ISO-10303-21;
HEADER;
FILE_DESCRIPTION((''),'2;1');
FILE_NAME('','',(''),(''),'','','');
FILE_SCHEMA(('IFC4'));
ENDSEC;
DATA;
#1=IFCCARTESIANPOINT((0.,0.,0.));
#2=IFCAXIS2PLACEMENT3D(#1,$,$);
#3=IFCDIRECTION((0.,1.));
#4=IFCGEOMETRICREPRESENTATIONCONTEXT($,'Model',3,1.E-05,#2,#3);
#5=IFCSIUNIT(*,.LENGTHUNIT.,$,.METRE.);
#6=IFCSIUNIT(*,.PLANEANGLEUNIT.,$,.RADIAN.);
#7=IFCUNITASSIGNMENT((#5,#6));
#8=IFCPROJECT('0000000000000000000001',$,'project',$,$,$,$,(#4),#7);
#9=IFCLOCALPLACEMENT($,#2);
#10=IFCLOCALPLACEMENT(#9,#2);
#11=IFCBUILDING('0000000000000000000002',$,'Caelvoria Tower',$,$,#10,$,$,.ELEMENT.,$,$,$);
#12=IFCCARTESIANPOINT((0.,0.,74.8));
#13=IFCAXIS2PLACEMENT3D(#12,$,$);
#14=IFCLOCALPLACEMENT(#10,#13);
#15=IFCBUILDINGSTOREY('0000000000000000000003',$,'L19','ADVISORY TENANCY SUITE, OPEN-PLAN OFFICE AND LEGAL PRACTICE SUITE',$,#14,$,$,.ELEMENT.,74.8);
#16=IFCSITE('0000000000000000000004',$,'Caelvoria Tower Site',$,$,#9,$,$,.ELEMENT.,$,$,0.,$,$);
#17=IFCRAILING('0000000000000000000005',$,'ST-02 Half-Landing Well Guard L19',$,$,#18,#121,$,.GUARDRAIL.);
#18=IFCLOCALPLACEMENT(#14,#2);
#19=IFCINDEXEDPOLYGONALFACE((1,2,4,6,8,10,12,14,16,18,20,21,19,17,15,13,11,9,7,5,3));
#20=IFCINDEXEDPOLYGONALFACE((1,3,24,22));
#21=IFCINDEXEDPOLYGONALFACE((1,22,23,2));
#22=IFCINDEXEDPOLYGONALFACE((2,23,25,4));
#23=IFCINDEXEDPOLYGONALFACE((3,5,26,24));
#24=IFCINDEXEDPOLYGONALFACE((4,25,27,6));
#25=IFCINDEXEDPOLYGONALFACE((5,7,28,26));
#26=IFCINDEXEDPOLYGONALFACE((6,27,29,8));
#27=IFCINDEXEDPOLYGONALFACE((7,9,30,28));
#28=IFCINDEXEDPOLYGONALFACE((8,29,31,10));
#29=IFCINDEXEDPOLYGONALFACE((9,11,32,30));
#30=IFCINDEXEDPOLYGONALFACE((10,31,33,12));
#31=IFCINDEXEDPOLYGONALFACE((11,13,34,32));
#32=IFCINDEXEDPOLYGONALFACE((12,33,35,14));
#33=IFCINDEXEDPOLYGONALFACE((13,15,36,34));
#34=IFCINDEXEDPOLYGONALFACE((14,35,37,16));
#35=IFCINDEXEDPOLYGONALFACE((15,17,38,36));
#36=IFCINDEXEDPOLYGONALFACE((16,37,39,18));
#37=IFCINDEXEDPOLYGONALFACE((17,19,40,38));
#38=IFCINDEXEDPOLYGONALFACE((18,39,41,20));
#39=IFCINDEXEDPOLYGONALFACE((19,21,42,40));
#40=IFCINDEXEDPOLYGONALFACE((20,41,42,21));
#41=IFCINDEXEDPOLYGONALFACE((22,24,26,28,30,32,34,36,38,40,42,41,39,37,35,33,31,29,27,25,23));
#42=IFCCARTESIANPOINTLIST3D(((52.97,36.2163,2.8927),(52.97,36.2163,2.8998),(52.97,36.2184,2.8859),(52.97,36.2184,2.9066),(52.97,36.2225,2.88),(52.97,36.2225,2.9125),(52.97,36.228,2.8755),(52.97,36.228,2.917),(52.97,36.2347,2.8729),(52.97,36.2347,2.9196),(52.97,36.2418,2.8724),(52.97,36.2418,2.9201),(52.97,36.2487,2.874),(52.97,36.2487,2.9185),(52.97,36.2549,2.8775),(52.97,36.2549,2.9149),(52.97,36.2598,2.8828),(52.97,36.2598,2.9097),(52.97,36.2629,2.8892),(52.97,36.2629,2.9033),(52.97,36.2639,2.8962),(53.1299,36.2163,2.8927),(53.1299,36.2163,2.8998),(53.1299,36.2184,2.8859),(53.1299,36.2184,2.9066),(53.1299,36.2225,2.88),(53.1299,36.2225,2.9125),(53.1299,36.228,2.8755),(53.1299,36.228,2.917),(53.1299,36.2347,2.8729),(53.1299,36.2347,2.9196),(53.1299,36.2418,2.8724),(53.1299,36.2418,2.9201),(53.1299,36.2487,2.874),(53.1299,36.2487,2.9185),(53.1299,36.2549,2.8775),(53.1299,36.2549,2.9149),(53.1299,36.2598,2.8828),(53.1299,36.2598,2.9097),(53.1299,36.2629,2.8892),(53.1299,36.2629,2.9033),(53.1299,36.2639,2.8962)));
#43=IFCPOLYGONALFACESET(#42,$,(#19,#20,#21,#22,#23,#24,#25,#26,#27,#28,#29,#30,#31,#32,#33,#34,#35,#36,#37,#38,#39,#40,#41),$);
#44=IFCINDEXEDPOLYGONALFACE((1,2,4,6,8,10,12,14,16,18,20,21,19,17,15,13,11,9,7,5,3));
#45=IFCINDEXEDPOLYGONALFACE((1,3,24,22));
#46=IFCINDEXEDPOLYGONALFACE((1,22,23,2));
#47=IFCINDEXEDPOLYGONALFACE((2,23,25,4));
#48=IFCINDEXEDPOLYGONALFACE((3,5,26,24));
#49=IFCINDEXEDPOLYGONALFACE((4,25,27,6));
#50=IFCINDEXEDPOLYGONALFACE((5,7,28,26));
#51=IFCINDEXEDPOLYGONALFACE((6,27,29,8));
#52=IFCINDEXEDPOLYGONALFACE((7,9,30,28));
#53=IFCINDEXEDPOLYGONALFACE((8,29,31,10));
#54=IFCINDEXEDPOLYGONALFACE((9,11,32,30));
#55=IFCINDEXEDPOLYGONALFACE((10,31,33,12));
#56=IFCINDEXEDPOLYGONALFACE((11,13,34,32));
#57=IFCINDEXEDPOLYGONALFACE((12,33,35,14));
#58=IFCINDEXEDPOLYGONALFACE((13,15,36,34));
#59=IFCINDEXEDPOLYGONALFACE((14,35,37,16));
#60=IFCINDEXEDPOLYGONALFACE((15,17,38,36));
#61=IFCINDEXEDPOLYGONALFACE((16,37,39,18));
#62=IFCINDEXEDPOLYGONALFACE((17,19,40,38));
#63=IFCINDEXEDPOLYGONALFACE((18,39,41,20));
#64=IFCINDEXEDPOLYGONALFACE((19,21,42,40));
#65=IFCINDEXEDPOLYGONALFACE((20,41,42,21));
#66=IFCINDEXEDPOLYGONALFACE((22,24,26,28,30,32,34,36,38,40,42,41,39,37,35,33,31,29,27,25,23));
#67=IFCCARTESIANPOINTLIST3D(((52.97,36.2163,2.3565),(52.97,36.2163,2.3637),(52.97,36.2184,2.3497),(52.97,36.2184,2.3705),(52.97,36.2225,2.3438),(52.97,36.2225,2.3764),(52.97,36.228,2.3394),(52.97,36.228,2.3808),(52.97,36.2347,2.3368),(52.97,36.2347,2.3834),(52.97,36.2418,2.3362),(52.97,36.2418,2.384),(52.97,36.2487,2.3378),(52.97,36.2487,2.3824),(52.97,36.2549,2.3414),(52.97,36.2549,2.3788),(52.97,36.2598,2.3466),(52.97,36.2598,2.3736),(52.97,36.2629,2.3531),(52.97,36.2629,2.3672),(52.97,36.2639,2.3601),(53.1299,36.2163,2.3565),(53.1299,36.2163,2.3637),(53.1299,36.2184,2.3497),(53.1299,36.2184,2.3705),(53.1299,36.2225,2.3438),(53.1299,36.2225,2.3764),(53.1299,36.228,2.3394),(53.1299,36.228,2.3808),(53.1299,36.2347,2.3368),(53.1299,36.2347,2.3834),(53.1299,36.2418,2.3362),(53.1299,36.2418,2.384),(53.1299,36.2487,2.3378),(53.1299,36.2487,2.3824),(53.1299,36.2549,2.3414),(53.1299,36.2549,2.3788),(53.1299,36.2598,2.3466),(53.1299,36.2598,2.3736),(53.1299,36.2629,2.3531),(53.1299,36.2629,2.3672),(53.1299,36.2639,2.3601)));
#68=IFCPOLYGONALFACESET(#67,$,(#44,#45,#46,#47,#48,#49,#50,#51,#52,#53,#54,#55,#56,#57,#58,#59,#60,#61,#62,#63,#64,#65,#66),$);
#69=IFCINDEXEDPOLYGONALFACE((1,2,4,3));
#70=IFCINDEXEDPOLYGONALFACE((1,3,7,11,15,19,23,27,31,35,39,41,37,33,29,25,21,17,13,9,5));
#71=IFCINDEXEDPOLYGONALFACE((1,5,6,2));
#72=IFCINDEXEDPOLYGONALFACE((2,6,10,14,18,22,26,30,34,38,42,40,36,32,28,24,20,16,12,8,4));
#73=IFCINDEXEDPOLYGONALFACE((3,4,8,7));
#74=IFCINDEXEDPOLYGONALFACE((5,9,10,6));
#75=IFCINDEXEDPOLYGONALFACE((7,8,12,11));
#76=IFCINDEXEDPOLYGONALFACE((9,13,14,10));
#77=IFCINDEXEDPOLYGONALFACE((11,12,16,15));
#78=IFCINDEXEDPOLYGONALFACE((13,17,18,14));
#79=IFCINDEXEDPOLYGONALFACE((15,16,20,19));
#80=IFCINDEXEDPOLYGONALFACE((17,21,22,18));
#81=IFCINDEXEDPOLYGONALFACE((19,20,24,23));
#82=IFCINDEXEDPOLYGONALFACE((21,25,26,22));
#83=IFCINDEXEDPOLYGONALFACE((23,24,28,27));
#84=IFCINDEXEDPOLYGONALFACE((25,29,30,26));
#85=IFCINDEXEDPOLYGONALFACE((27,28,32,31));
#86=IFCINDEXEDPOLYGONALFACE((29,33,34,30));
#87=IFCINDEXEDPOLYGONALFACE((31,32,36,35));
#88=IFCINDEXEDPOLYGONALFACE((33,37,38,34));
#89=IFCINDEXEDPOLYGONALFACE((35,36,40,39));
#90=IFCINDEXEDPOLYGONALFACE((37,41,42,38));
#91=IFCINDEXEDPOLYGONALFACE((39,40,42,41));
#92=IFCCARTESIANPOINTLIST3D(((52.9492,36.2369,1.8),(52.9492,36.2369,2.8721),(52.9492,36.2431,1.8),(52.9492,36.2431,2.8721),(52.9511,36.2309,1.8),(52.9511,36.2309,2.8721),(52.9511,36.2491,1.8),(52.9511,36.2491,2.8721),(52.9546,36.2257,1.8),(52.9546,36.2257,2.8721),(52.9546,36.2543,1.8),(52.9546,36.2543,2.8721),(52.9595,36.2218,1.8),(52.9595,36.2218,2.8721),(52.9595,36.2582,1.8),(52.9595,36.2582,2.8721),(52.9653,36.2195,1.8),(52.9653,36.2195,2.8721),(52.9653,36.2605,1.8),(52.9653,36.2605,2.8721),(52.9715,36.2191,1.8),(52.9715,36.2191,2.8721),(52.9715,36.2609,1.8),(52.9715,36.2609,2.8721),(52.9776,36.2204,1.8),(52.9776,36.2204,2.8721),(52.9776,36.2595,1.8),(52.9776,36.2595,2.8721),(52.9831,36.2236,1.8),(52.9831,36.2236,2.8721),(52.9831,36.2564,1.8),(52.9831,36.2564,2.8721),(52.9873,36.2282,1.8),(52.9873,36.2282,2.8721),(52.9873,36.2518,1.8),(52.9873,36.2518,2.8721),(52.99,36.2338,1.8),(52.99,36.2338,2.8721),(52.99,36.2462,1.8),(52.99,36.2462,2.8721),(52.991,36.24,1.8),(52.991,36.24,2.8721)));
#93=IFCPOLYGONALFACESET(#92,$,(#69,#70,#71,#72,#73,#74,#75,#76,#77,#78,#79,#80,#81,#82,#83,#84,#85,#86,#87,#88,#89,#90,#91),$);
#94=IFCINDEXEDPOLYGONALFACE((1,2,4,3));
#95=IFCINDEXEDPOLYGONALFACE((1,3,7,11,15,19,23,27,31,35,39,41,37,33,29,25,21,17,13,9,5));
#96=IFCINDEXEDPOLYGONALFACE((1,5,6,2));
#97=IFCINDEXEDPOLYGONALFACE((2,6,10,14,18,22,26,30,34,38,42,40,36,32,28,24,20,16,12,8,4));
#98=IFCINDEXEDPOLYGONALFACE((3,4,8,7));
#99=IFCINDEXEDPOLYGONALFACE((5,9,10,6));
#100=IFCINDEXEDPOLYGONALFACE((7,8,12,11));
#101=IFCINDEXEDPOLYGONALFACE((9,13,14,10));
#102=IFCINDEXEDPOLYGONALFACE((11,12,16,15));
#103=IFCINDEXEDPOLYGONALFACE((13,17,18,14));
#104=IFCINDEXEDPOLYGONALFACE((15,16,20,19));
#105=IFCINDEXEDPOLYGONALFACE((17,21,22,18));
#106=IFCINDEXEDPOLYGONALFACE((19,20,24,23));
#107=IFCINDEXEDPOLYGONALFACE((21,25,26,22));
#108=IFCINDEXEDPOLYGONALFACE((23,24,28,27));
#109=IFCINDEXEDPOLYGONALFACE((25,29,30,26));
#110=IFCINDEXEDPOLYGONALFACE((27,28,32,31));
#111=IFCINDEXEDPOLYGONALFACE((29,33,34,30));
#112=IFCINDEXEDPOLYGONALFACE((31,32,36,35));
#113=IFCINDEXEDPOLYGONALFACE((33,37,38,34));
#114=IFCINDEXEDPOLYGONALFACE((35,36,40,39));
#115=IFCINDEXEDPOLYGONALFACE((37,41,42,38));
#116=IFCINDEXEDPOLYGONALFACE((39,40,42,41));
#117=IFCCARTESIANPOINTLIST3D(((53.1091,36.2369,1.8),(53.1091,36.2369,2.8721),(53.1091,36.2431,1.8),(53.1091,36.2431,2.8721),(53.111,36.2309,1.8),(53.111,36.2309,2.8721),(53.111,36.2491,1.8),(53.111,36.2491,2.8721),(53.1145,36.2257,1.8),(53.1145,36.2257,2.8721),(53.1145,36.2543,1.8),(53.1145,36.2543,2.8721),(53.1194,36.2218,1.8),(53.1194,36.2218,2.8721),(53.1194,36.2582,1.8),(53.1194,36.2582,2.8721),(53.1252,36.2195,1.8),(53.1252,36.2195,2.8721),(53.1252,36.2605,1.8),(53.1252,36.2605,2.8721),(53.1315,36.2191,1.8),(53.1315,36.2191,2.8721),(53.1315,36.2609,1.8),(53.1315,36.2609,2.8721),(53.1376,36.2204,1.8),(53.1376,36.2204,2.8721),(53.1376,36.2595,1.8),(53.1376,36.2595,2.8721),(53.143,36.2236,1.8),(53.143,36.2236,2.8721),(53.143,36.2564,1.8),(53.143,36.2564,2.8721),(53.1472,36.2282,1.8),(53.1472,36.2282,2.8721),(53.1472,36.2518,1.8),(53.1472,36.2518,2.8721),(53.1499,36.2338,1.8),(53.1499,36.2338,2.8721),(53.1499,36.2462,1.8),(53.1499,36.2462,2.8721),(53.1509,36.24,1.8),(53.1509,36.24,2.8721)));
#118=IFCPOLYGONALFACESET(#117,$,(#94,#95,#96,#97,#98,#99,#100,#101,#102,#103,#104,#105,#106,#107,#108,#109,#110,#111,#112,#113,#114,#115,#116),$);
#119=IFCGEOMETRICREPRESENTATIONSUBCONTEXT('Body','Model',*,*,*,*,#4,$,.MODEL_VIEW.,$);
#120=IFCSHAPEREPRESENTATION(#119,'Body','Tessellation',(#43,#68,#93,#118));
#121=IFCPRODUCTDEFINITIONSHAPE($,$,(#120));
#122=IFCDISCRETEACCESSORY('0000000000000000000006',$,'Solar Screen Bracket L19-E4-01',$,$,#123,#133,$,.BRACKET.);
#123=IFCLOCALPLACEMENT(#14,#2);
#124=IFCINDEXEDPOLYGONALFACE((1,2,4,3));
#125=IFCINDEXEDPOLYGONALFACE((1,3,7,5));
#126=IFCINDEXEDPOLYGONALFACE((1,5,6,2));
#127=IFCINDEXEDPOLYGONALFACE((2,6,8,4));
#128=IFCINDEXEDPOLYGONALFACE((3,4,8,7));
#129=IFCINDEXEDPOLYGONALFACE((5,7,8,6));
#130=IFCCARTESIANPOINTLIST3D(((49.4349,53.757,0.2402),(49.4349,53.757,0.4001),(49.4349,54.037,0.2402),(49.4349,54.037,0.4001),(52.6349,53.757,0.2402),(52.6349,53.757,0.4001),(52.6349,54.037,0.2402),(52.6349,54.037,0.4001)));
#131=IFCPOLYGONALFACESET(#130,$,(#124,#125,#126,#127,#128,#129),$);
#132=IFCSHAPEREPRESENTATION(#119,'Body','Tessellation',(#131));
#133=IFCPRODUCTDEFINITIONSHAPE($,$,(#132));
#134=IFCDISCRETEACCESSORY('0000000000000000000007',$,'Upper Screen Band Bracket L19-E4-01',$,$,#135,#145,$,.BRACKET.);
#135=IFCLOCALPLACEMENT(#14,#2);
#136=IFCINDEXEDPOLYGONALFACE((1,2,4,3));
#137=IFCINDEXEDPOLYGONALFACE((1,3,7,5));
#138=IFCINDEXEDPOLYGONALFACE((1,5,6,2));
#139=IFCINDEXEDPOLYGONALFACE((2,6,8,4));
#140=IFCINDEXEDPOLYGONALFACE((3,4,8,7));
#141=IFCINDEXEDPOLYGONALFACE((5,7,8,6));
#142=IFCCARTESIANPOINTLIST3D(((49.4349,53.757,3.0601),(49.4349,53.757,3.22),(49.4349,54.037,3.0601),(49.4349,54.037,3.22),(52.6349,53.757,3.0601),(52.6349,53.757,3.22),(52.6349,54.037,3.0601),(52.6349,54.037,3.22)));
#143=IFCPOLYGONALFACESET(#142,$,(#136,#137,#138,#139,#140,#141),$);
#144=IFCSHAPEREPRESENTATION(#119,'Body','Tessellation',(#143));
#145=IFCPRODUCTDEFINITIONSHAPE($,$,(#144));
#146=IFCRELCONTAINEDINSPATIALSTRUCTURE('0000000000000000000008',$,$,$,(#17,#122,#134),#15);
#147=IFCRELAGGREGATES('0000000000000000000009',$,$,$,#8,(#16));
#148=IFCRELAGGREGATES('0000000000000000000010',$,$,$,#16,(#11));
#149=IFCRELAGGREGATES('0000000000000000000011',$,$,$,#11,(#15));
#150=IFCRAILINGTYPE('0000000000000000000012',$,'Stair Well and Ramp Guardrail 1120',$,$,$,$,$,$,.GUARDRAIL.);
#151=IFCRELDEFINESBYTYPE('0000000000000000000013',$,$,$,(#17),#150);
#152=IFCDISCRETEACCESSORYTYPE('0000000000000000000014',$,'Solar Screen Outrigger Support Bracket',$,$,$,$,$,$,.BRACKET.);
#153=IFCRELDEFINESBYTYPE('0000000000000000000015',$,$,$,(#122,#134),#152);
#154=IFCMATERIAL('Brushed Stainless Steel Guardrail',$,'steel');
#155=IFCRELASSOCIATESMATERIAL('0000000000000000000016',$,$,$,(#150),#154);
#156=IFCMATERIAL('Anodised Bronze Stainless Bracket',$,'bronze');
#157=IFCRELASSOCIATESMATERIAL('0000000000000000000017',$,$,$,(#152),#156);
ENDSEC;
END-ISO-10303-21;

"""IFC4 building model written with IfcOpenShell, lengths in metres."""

from ifc_helpers import new_model, si_unit, direction, frame, origin, origin_2d, place, context, subcontext, project, spatial, rectangle, circle, extrude, material, type_object, element, save


model = new_model("IFC4")

# Units and contexts
model_context = context("Model", 3, precision=1e-05, world=origin(), true_north=direction((0.0, 1.0)))
body_context = subcontext(model_context, "Body", "Model", "MODEL_VIEW")
ifc_project = project(units=[si_unit("LENGTHUNIT", "METRE"), si_unit("PLANEANGLEUNIT", "RADIAN")], contexts=[model_context])

# Site, building, storey
site_placement = place(None, origin())
site = spatial("IfcSite", under=ifc_project, at=site_placement, Name="Caelvoria Tower Site", CompositionType="ELEMENT", RefElevation=0.0)
building_placement = place(site_placement, origin())
building = spatial("IfcBuilding", under=site, at=building_placement, Name="Caelvoria Tower", CompositionType="ELEMENT")
storey_placement = place(building_placement, frame((0.0, 0.0, 74.8)))
storey = spatial("IfcBuildingStorey", under=building, at=storey_placement, Name="L19", Description="ADVISORY TENANCY SUITE, OPEN-PLAN OFFICE AND LEGAL PRACTICE SUITE", CompositionType="ELEMENT", Elevation=74.8)

# Railing
ifc_material_1 = material(Name="Brushed Stainless Steel Guardrail", Category="steel")
railing_type_1 = type_object("IfcRailingType", Name="Stair Well and Ramp Guardrail 1120", PredefinedType="GUARDRAIL", material=ifc_material_1)
railing_1_placement = place(storey_placement, frame((52.97, 36.24, 1.8)))
element("IfcRailing", 1, at=railing_1_placement, inside=storey, type_object=railing_type_1, Name="ST-02 Half-Landing Well Guard L19", PredefinedType="GUARDRAIL", context=body_context, shape_type="SweptSolid", body=[
    extrude(circle(Radius=0.0239, at=origin_2d()), frame((0.0, 0.0, 1.0962), z_axis=(1.0, 0.0, 0.0), x_axis=(0.0, 1.0, 0.0)), (0.0, 0.0, 1.0), 0.1599),
    extrude(circle(Radius=0.0239, at=origin_2d()), frame((0.0, 0.0, 0.5601), z_axis=(1.0, 0.0, 0.0), x_axis=(0.0, 1.0, 0.0)), (0.0, 0.0, 1.0), 0.1599),
    extrude(circle(Radius=0.021, at=origin_2d()), origin(), (0.0, 0.0, 1.0), 1.072),
    extrude(circle(Radius=0.021, at=origin_2d()), frame((0.1599, 0.0, 0.0)), (0.0, 0.0, 1.0), 1.072),
])

# Discrete accessories
ifc_material_2 = material(Name="Anodised Bronze Stainless Bracket", Category="bronze")
discrete_accessory_type = type_object("IfcDiscreteAccessoryType", Name="Solar Screen Outrigger Support Bracket", PredefinedType="BRACKET", material=ifc_material_2)
for number, where, z_axis, x_axis, name in (
    (2, (51.0349, 53.897, 0.2402), (0.0, 0.0, 1.0), (-1.0, 0.0, 0.0), "Solar Screen Bracket L19-E4-01"),
    (3, (51.0349, 53.897, 3.0601), (0.0, 0.0, 1.0), (-1.0, 0.0, 0.0), "Upper Screen Band Bracket L19-E4-01"),
):
    element("IfcDiscreteAccessory", number, at=place(storey_placement, frame(where, z_axis=z_axis, x_axis=x_axis)), inside=storey, type_object=discrete_accessory_type, Name=name, PredefinedType="BRACKET", context=body_context, shape_type="SweptSolid", body=[
        extrude(rectangle(XDim=3.2, YDim=0.28, at=origin_2d()), origin(), (0.0, 0.0, 1.0), 0.1599),
    ])

save(model, "model.ifc")
